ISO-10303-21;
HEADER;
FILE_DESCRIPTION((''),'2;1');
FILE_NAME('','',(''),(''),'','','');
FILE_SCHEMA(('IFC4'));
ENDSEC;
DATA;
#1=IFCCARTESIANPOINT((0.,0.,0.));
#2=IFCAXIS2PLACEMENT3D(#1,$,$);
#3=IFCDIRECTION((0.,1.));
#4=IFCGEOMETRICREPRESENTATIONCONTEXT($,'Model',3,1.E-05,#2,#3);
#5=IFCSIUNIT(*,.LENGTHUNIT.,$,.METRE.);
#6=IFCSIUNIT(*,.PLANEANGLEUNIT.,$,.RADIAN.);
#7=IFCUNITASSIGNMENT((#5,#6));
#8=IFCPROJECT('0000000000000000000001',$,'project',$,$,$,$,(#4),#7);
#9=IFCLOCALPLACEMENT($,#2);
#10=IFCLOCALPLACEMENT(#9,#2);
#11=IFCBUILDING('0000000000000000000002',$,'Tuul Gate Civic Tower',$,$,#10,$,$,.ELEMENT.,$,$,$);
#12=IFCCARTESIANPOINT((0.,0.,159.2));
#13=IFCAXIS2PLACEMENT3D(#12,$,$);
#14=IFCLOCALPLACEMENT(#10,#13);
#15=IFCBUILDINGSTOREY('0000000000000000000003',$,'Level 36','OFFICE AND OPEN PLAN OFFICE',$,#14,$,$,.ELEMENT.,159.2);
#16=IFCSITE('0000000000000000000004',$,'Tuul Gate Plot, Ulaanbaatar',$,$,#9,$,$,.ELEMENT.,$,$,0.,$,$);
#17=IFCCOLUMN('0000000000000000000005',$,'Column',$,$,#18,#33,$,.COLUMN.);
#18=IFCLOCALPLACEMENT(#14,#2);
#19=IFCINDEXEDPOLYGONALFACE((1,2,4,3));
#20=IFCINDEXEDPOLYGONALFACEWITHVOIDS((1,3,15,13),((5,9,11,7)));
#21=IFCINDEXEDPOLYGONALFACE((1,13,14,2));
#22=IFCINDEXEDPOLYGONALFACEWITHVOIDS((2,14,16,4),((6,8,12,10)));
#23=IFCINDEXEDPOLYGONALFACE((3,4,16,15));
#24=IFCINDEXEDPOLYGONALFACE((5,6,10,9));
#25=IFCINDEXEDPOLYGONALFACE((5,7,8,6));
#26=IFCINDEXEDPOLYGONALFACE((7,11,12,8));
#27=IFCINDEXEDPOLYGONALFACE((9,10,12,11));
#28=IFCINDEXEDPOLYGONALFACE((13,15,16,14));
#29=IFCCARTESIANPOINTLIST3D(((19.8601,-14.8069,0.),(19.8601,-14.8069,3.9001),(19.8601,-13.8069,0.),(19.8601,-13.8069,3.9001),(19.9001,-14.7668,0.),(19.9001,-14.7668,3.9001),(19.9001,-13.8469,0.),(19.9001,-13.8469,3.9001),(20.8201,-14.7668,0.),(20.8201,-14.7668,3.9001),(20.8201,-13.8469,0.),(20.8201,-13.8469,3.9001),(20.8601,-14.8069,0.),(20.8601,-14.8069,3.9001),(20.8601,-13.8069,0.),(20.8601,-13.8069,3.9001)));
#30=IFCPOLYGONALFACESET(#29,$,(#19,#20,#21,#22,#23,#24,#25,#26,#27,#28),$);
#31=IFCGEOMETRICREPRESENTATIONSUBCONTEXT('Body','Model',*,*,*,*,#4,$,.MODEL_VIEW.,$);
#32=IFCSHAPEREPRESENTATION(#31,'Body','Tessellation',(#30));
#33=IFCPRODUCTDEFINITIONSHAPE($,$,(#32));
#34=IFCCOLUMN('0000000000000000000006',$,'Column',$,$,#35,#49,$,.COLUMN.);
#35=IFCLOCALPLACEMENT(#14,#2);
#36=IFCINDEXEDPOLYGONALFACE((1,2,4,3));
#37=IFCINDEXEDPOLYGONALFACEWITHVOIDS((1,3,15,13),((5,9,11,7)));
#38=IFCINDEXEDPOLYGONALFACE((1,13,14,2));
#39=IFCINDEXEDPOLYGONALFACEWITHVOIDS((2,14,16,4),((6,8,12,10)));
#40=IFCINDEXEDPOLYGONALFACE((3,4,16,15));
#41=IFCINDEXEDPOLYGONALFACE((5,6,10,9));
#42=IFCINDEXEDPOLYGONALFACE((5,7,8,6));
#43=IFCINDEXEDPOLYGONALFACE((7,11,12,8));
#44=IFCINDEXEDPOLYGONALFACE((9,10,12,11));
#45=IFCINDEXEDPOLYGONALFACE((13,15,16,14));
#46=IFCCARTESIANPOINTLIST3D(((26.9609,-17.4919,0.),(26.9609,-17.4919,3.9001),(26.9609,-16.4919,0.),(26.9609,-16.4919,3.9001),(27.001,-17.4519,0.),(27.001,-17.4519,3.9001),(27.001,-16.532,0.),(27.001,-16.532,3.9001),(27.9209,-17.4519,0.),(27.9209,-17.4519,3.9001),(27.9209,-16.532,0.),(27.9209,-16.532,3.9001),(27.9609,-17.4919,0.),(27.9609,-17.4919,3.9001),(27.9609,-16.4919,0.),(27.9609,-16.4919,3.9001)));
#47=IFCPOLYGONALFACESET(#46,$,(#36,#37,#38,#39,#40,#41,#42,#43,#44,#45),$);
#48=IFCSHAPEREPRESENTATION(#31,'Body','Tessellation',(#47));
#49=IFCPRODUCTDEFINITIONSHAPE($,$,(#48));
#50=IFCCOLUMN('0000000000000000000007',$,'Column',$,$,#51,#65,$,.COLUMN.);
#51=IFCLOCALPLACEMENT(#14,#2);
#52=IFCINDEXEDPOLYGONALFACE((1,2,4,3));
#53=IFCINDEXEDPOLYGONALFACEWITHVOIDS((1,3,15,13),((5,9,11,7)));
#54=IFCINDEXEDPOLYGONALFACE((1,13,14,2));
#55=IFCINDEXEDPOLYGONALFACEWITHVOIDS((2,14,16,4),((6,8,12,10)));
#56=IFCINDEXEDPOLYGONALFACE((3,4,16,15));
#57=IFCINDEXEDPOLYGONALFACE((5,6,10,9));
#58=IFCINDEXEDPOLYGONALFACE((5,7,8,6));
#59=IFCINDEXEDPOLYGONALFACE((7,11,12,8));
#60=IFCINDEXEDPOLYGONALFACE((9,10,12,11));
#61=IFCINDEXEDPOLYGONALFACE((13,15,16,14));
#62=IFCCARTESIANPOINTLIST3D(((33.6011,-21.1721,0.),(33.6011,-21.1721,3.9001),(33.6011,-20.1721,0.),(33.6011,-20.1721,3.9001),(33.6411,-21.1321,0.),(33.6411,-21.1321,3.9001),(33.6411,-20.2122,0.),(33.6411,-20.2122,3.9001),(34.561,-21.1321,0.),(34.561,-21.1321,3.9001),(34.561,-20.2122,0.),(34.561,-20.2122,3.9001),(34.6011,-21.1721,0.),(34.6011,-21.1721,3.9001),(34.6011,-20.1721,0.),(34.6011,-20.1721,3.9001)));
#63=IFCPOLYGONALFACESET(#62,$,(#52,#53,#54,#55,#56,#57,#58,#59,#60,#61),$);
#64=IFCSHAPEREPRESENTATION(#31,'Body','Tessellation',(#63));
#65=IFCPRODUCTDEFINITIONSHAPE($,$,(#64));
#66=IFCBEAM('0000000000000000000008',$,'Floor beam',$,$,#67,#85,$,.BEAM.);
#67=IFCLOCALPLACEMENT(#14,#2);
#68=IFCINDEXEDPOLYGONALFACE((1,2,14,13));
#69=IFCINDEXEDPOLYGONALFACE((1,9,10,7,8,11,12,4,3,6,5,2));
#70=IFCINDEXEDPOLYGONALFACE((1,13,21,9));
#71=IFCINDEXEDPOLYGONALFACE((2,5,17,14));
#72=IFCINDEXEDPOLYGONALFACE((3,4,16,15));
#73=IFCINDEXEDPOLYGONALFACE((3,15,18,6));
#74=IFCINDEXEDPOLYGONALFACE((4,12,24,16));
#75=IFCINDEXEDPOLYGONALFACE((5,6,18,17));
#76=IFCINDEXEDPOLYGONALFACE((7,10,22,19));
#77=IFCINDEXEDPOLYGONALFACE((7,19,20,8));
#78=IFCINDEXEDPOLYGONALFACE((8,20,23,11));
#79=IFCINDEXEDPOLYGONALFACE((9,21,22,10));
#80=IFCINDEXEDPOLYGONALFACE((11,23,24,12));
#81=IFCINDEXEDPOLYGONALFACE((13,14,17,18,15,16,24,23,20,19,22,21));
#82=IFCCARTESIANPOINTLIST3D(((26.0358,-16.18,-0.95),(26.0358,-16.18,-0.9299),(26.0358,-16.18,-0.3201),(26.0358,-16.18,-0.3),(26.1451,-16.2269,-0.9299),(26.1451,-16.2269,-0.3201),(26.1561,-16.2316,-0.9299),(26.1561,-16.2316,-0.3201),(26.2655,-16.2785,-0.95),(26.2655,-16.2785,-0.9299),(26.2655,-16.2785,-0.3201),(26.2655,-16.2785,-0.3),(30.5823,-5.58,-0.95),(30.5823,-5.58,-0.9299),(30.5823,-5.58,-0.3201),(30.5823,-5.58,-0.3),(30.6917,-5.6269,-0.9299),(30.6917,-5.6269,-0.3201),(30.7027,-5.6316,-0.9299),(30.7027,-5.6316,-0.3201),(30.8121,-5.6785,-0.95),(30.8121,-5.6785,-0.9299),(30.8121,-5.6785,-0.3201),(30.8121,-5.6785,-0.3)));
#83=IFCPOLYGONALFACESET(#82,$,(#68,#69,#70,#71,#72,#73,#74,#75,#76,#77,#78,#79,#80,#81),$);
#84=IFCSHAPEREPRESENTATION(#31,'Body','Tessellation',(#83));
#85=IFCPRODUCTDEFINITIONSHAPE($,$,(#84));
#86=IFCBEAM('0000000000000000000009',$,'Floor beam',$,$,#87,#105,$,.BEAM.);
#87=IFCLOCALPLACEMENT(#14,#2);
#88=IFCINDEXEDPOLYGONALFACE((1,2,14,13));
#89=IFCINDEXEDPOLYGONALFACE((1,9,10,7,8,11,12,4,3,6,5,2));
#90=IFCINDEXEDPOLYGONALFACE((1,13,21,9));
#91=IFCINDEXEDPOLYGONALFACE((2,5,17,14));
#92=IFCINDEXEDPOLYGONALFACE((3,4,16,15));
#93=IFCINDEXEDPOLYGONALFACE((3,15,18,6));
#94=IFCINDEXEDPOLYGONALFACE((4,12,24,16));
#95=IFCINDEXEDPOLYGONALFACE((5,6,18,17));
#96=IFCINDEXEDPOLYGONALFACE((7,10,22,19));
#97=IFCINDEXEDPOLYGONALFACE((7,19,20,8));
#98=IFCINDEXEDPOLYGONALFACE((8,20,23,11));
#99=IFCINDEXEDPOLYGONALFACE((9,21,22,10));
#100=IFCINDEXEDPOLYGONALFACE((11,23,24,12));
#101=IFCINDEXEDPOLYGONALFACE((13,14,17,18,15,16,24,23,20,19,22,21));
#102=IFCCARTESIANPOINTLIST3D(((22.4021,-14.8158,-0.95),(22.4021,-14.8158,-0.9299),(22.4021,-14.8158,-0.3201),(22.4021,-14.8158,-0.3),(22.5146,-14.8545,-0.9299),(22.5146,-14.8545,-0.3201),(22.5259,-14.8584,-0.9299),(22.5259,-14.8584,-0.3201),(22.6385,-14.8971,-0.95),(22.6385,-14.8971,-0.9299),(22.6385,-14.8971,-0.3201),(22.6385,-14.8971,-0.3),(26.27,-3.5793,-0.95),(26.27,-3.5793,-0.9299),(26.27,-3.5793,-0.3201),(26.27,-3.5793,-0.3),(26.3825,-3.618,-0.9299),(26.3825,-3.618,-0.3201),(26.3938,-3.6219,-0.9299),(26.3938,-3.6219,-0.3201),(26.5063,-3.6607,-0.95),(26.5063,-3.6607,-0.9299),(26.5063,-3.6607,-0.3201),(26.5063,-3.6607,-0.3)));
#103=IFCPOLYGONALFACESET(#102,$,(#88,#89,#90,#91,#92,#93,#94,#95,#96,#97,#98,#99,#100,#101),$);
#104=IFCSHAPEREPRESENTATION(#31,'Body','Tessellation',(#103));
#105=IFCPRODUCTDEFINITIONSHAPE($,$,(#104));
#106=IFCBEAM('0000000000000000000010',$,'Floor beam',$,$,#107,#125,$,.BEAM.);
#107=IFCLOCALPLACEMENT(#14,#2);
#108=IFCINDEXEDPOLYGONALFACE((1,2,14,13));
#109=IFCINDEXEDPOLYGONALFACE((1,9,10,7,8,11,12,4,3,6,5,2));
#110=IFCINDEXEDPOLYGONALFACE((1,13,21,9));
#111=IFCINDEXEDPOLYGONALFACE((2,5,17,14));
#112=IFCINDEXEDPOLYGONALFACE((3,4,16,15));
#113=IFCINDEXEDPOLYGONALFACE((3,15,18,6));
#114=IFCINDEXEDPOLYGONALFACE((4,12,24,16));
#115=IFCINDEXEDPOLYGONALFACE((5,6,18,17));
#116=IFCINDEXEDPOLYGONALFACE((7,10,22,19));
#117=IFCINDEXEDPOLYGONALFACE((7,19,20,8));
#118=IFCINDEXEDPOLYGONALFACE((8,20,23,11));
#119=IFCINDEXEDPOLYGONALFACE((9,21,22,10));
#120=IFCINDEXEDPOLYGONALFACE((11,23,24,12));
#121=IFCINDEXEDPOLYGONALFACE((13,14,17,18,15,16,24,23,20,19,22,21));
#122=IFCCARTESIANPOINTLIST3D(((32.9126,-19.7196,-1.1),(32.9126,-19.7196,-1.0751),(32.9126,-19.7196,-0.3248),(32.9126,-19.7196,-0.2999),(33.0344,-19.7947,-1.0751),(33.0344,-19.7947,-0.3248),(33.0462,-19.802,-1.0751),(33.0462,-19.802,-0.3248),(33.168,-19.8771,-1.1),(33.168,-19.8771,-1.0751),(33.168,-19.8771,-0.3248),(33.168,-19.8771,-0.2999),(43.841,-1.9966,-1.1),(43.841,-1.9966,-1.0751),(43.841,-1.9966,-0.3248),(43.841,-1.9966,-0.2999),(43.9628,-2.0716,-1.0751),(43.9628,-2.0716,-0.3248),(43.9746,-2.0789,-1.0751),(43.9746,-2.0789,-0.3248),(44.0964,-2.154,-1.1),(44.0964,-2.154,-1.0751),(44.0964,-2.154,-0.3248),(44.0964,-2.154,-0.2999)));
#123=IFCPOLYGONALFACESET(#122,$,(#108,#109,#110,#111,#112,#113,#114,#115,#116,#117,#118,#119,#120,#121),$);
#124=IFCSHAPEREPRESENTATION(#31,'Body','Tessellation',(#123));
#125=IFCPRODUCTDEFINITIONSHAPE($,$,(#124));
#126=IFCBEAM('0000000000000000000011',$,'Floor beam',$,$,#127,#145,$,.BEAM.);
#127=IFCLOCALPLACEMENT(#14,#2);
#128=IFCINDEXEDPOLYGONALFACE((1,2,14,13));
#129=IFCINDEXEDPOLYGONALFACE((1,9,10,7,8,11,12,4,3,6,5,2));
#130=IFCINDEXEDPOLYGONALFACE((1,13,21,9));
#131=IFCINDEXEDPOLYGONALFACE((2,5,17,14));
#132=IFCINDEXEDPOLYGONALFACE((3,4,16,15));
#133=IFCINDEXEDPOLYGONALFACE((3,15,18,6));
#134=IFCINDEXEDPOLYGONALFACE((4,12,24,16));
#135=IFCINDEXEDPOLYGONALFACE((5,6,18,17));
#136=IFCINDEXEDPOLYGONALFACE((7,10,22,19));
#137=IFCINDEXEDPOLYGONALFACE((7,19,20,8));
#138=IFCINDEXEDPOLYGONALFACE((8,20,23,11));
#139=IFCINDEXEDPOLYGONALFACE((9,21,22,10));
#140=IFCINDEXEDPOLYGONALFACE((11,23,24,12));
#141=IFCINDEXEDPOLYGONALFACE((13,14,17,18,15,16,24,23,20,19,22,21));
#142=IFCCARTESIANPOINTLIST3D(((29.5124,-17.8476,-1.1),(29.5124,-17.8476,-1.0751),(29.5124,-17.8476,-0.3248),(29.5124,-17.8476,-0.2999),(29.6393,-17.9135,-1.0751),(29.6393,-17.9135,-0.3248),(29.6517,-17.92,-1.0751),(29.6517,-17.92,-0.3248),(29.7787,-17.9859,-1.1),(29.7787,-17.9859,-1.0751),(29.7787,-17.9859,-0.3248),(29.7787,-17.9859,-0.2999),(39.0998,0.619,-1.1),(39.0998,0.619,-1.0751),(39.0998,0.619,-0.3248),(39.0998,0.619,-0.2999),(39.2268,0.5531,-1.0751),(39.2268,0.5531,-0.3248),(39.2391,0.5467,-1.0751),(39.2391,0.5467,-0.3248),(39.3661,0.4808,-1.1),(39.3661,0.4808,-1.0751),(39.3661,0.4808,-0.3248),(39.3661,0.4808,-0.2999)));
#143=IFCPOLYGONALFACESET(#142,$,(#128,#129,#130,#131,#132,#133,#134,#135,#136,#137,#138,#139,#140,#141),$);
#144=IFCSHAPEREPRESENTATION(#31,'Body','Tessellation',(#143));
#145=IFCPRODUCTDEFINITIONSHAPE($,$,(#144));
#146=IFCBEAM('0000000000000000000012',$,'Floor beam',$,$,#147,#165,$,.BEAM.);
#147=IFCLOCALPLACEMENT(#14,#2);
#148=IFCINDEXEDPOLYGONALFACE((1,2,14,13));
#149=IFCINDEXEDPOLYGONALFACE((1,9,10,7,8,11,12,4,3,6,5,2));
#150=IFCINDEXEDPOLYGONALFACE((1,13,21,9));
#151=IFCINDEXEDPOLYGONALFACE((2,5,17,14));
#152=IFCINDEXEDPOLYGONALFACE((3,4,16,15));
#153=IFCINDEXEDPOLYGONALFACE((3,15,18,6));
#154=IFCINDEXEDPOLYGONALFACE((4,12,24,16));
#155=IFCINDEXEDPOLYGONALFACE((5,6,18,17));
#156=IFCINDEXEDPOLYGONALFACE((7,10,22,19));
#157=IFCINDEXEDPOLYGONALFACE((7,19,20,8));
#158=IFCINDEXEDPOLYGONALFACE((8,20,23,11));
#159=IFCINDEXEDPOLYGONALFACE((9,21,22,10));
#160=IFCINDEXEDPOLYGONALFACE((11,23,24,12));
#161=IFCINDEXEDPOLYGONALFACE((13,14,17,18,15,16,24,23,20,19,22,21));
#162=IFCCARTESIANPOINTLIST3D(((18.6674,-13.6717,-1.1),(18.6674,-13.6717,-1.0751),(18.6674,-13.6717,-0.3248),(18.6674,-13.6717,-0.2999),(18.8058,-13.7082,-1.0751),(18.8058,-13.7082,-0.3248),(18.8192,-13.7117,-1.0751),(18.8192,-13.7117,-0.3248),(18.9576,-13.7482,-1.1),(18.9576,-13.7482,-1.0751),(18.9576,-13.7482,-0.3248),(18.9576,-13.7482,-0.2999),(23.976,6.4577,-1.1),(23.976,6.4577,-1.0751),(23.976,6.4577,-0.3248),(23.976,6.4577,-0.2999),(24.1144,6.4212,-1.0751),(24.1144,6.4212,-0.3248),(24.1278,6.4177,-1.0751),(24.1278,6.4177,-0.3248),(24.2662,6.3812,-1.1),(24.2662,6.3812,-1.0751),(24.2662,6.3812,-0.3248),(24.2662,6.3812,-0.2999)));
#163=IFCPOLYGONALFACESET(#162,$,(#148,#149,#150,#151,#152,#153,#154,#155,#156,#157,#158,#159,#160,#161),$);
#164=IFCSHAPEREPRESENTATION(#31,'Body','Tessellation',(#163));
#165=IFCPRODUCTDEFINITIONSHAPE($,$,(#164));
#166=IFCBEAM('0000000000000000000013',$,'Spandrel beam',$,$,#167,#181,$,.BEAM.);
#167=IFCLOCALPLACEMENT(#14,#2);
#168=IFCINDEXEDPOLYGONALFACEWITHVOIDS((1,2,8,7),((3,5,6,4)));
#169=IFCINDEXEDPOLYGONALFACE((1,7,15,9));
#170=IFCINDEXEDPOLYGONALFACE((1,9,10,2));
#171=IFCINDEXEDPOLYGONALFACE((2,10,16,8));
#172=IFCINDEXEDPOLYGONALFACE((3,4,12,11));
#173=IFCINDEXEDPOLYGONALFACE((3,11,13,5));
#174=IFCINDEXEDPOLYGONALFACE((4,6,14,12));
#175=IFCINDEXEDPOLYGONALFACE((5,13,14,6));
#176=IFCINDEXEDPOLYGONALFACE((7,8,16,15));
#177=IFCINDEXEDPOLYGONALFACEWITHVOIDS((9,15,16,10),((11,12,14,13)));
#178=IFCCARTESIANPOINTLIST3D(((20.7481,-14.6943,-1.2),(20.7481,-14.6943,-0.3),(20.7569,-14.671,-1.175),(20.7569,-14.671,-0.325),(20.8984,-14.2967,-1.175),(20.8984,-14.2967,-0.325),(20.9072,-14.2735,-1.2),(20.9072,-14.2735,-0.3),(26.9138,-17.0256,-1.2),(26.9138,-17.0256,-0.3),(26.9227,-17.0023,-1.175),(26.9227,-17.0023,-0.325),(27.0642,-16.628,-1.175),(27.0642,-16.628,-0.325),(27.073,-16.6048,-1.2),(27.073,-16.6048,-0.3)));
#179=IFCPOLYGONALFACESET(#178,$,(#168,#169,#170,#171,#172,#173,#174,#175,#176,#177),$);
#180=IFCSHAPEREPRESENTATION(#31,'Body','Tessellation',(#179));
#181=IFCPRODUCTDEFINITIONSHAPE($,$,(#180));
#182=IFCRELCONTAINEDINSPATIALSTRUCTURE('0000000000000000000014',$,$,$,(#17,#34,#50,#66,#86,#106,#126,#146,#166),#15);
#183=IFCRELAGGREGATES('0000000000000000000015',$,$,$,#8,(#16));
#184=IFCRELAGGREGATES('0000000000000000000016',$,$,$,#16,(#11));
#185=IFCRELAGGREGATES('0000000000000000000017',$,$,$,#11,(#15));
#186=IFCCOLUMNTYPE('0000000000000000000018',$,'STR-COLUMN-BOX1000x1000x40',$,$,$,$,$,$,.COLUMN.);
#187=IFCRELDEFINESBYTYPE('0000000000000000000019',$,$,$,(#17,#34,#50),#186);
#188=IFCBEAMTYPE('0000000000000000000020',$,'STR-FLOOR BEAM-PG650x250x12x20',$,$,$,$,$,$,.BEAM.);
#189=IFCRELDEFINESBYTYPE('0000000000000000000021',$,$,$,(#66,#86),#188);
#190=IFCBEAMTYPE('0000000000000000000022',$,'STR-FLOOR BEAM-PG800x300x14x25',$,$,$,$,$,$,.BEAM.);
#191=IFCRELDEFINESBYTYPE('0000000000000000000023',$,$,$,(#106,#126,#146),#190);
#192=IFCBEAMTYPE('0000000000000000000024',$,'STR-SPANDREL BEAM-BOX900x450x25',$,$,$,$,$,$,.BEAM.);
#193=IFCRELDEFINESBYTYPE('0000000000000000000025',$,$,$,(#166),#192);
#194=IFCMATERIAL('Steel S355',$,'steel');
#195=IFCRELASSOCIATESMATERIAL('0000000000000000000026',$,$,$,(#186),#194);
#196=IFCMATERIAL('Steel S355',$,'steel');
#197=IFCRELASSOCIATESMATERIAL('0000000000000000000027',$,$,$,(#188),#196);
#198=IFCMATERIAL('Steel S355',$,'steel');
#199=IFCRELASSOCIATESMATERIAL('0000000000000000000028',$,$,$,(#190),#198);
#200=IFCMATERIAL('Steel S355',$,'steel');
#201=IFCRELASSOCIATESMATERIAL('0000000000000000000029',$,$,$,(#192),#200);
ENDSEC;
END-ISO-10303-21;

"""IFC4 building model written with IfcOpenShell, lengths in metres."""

from ifc_helpers import new_model, si_unit, direction, frame, origin, origin_2d, place, context, subcontext, project, spatial, hollow_rectangle, i_section, extrude, material, material_profile, profile_set, type_object, element, save


model = new_model("IFC4")

# Units and contexts
model_context = context("Model", 3, precision=1e-05, world=origin(), true_north=direction((0.0, 1.0)))
body_context = subcontext(model_context, "Body", "Model", "MODEL_VIEW")
ifc_project = project(units=[si_unit("LENGTHUNIT", "METRE"), si_unit("PLANEANGLEUNIT", "RADIAN")], contexts=[model_context])

# Site, building, storey
site_placement = place(None, origin())
site = spatial("IfcSite", under=ifc_project, at=site_placement, Name="Tuul Gate Plot, Ulaanbaatar", CompositionType="ELEMENT", RefElevation=0.0)
building_placement = place(site_placement, origin())
building = spatial("IfcBuilding", under=site, at=building_placement, Name="Tuul Gate Civic Tower", CompositionType="ELEMENT")
storey_placement = place(building_placement, frame((0.0, 0.0, 159.2)))
storey = spatial("IfcBuildingStorey", under=building, at=storey_placement, Name="Level 36", Description="OFFICE AND OPEN PLAN OFFICE", CompositionType="ELEMENT", Elevation=159.2)

# Columns
ifc_material_1 = material(Name="Steel S355", Category="steel")
ifc_material_profile_1 = material_profile(ifc_material_1, hollow_rectangle(XDim=1.0, YDim=1.0, WallThickness=0.04, at=origin_2d()), Name="BOX1000x1000x40")
ifc_profile_set_1 = profile_set([ifc_material_profile_1], Name="Steel S355")
column_type = type_object("IfcColumnType", Name="STR-COLUMN-BOX1000x1000x40", PredefinedType="COLUMN", material=ifc_profile_set_1)
for number, where, z_axis, x_axis, name in (
    (1, (20.3601, -14.3069, 0.0), (0.0, 0.0, 1.0), (1.0, 0.0, 0.0), "Column"),
    (2, (27.4609, -16.9919, 0.0), (0.0, 0.0, 1.0), (1.0, 0.0, 0.0), "Column"),
    (3, (34.1011, -20.6721, 0.0), (0.0, 0.0, 1.0), (1.0, 0.0, 0.0), "Column"),
):
    element("IfcColumn", number, at=place(storey_placement, frame(where, z_axis=z_axis, x_axis=x_axis)), inside=storey, type_object=column_type, Name=name, PredefinedType="COLUMN", context=body_context, shape_type="SweptSolid", body=[
        extrude(hollow_rectangle(XDim=1.0, YDim=1.0, WallThickness=0.04, at=origin_2d()), origin(), (0.0, 0.0, 1.0), 3.9001),
    ])

# Beams
ifc_material_2 = material(Name="Steel S355", Category="steel")
ifc_material_profile_2 = material_profile(ifc_material_2, i_section(OverallWidth=0.25, OverallDepth=0.6499, WebThickness=0.012, FlangeThickness=0.02, at=origin_2d()), Name="PG650x250x12x20")
ifc_profile_set_2 = profile_set([ifc_material_profile_2], Name="Steel S355")
beam_type_1 = type_object("IfcBeamType", Name="STR-FLOOR BEAM-PG650x250x12x20", PredefinedType="BEAM", material=ifc_profile_set_2)
beam_1_placement = place(storey_placement, frame((26.1506, -16.2292, -0.625), z_axis=(0.394193, 0.919028, 0.0), x_axis=(-0.919028, 0.394193, 0.0)))
element("IfcBeam", 4, at=beam_1_placement, inside=storey, type_object=beam_type_1, Name="Floor beam", PredefinedType="BEAM", context=body_context, shape_type="SweptSolid", body=[
    extrude(i_section(OverallWidth=0.25, OverallDepth=0.6499, WebThickness=0.012, FlangeThickness=0.02, at=origin_2d()), origin(), (0.0, 0.0, 1.0), 11.5339),
])
beam_2_placement = place(storey_placement, frame((22.5203, -14.8564, -0.625), z_axis=(0.325482, 0.945548, 0.0), x_axis=(-0.945548, 0.325482, 0.0)))
element("IfcBeam", 5, at=beam_2_placement, inside=storey, type_object=beam_type_1, Name="Floor beam", PredefinedType="BEAM", context=body_context, shape_type="SweptSolid", body=[
    extrude(i_section(OverallWidth=0.25, OverallDepth=0.6499, WebThickness=0.012, FlangeThickness=0.02, at=origin_2d()), origin(), (0.0, 0.0, 1.0), 11.8835),
])
ifc_material_3 = material(Name="Steel S355", Category="steel")
ifc_material_profile_3 = material_profile(ifc_material_3, i_section(OverallWidth=0.3, OverallDepth=0.8, WebThickness=0.0139, FlangeThickness=0.0249, at=origin_2d()), Name="PG800x300x14x25")
ifc_profile_set_3 = profile_set([ifc_material_profile_3], Name="Steel S355")
beam_type_2 = type_object("IfcBeamType", Name="STR-FLOOR BEAM-PG800x300x14x25", PredefinedType="BEAM", material=ifc_profile_set_3)
beam_3_placement = place(storey_placement, frame((33.0403, -19.7983, -0.7), z_axis=(0.524861, 0.851188, 0.0), x_axis=(-0.851188, 0.524861, 0.0)))
element("IfcBeam", 6, at=beam_3_placement, inside=storey, type_object=beam_type_2, Name="Floor beam", PredefinedType="BEAM", context=body_context, shape_type="SweptSolid", body=[
    extrude(i_section(OverallWidth=0.3, OverallDepth=0.8, WebThickness=0.0139, FlangeThickness=0.0249, at=origin_2d()), origin(), (0.0, 0.0, 1.0), 20.8215),
])
beam_4_placement = place(storey_placement, frame((29.6455, -17.9167, -0.7), z_axis=(0.460777, 0.887516, 0.0), x_axis=(-0.887516, 0.460777, 0.0)))
element("IfcBeam", 7, at=beam_4_placement, inside=storey, type_object=beam_type_2, Name="Floor beam", PredefinedType="BEAM", context=body_context, shape_type="SweptSolid", body=[
    extrude(i_section(OverallWidth=0.3, OverallDepth=0.8, WebThickness=0.0139, FlangeThickness=0.0249, at=origin_2d()), origin(), (0.0, 0.0, 1.0), 20.8071),
])
beam_5_placement = place(storey_placement, frame((18.8125, -13.71, -0.7), z_axis=(0.255005, 0.96694, 0.0), x_axis=(-0.96694, 0.255005, 0.0)))
element("IfcBeam", 8, at=beam_5_placement, inside=storey, type_object=beam_type_2, Name="Floor beam", PredefinedType="BEAM", context=body_context, shape_type="SweptSolid", body=[
    extrude(i_section(OverallWidth=0.3, OverallDepth=0.8, WebThickness=0.0139, FlangeThickness=0.0249, at=origin_2d()), origin(), (0.0, 0.0, 1.0), 20.8176),
])
ifc_material_4 = material(Name="Steel S355", Category="steel")
ifc_material_profile_4 = material_profile(ifc_material_4, hollow_rectangle(XDim=0.45, YDim=0.8999, WallThickness=0.0249, at=origin_2d()), Name="BOX900x450x25")
ifc_profile_set_4 = profile_set([ifc_material_profile_4], Name="Steel S355")
beam_type_3 = type_object("IfcBeamType", Name="STR-SPANDREL BEAM-BOX900x450x25", PredefinedType="BEAM", material=ifc_profile_set_4)
beam_6_placement = place(storey_placement, frame((20.8276, -14.4839, -0.75), z_axis=(0.935371, -0.353667, 0.0), x_axis=(0.353667, 0.935371, 0.0)))
element("IfcBeam", 9, at=beam_6_placement, inside=storey, type_object=beam_type_3, Name="Spandrel beam", PredefinedType="BEAM", context=body_context, shape_type="SweptSolid", body=[
    extrude(hollow_rectangle(XDim=0.45, YDim=0.8999, WallThickness=0.0249, at=origin_2d()), origin(), (0.0, 0.0, 1.0), 6.5918),
])

save(model, "model.ifc")
